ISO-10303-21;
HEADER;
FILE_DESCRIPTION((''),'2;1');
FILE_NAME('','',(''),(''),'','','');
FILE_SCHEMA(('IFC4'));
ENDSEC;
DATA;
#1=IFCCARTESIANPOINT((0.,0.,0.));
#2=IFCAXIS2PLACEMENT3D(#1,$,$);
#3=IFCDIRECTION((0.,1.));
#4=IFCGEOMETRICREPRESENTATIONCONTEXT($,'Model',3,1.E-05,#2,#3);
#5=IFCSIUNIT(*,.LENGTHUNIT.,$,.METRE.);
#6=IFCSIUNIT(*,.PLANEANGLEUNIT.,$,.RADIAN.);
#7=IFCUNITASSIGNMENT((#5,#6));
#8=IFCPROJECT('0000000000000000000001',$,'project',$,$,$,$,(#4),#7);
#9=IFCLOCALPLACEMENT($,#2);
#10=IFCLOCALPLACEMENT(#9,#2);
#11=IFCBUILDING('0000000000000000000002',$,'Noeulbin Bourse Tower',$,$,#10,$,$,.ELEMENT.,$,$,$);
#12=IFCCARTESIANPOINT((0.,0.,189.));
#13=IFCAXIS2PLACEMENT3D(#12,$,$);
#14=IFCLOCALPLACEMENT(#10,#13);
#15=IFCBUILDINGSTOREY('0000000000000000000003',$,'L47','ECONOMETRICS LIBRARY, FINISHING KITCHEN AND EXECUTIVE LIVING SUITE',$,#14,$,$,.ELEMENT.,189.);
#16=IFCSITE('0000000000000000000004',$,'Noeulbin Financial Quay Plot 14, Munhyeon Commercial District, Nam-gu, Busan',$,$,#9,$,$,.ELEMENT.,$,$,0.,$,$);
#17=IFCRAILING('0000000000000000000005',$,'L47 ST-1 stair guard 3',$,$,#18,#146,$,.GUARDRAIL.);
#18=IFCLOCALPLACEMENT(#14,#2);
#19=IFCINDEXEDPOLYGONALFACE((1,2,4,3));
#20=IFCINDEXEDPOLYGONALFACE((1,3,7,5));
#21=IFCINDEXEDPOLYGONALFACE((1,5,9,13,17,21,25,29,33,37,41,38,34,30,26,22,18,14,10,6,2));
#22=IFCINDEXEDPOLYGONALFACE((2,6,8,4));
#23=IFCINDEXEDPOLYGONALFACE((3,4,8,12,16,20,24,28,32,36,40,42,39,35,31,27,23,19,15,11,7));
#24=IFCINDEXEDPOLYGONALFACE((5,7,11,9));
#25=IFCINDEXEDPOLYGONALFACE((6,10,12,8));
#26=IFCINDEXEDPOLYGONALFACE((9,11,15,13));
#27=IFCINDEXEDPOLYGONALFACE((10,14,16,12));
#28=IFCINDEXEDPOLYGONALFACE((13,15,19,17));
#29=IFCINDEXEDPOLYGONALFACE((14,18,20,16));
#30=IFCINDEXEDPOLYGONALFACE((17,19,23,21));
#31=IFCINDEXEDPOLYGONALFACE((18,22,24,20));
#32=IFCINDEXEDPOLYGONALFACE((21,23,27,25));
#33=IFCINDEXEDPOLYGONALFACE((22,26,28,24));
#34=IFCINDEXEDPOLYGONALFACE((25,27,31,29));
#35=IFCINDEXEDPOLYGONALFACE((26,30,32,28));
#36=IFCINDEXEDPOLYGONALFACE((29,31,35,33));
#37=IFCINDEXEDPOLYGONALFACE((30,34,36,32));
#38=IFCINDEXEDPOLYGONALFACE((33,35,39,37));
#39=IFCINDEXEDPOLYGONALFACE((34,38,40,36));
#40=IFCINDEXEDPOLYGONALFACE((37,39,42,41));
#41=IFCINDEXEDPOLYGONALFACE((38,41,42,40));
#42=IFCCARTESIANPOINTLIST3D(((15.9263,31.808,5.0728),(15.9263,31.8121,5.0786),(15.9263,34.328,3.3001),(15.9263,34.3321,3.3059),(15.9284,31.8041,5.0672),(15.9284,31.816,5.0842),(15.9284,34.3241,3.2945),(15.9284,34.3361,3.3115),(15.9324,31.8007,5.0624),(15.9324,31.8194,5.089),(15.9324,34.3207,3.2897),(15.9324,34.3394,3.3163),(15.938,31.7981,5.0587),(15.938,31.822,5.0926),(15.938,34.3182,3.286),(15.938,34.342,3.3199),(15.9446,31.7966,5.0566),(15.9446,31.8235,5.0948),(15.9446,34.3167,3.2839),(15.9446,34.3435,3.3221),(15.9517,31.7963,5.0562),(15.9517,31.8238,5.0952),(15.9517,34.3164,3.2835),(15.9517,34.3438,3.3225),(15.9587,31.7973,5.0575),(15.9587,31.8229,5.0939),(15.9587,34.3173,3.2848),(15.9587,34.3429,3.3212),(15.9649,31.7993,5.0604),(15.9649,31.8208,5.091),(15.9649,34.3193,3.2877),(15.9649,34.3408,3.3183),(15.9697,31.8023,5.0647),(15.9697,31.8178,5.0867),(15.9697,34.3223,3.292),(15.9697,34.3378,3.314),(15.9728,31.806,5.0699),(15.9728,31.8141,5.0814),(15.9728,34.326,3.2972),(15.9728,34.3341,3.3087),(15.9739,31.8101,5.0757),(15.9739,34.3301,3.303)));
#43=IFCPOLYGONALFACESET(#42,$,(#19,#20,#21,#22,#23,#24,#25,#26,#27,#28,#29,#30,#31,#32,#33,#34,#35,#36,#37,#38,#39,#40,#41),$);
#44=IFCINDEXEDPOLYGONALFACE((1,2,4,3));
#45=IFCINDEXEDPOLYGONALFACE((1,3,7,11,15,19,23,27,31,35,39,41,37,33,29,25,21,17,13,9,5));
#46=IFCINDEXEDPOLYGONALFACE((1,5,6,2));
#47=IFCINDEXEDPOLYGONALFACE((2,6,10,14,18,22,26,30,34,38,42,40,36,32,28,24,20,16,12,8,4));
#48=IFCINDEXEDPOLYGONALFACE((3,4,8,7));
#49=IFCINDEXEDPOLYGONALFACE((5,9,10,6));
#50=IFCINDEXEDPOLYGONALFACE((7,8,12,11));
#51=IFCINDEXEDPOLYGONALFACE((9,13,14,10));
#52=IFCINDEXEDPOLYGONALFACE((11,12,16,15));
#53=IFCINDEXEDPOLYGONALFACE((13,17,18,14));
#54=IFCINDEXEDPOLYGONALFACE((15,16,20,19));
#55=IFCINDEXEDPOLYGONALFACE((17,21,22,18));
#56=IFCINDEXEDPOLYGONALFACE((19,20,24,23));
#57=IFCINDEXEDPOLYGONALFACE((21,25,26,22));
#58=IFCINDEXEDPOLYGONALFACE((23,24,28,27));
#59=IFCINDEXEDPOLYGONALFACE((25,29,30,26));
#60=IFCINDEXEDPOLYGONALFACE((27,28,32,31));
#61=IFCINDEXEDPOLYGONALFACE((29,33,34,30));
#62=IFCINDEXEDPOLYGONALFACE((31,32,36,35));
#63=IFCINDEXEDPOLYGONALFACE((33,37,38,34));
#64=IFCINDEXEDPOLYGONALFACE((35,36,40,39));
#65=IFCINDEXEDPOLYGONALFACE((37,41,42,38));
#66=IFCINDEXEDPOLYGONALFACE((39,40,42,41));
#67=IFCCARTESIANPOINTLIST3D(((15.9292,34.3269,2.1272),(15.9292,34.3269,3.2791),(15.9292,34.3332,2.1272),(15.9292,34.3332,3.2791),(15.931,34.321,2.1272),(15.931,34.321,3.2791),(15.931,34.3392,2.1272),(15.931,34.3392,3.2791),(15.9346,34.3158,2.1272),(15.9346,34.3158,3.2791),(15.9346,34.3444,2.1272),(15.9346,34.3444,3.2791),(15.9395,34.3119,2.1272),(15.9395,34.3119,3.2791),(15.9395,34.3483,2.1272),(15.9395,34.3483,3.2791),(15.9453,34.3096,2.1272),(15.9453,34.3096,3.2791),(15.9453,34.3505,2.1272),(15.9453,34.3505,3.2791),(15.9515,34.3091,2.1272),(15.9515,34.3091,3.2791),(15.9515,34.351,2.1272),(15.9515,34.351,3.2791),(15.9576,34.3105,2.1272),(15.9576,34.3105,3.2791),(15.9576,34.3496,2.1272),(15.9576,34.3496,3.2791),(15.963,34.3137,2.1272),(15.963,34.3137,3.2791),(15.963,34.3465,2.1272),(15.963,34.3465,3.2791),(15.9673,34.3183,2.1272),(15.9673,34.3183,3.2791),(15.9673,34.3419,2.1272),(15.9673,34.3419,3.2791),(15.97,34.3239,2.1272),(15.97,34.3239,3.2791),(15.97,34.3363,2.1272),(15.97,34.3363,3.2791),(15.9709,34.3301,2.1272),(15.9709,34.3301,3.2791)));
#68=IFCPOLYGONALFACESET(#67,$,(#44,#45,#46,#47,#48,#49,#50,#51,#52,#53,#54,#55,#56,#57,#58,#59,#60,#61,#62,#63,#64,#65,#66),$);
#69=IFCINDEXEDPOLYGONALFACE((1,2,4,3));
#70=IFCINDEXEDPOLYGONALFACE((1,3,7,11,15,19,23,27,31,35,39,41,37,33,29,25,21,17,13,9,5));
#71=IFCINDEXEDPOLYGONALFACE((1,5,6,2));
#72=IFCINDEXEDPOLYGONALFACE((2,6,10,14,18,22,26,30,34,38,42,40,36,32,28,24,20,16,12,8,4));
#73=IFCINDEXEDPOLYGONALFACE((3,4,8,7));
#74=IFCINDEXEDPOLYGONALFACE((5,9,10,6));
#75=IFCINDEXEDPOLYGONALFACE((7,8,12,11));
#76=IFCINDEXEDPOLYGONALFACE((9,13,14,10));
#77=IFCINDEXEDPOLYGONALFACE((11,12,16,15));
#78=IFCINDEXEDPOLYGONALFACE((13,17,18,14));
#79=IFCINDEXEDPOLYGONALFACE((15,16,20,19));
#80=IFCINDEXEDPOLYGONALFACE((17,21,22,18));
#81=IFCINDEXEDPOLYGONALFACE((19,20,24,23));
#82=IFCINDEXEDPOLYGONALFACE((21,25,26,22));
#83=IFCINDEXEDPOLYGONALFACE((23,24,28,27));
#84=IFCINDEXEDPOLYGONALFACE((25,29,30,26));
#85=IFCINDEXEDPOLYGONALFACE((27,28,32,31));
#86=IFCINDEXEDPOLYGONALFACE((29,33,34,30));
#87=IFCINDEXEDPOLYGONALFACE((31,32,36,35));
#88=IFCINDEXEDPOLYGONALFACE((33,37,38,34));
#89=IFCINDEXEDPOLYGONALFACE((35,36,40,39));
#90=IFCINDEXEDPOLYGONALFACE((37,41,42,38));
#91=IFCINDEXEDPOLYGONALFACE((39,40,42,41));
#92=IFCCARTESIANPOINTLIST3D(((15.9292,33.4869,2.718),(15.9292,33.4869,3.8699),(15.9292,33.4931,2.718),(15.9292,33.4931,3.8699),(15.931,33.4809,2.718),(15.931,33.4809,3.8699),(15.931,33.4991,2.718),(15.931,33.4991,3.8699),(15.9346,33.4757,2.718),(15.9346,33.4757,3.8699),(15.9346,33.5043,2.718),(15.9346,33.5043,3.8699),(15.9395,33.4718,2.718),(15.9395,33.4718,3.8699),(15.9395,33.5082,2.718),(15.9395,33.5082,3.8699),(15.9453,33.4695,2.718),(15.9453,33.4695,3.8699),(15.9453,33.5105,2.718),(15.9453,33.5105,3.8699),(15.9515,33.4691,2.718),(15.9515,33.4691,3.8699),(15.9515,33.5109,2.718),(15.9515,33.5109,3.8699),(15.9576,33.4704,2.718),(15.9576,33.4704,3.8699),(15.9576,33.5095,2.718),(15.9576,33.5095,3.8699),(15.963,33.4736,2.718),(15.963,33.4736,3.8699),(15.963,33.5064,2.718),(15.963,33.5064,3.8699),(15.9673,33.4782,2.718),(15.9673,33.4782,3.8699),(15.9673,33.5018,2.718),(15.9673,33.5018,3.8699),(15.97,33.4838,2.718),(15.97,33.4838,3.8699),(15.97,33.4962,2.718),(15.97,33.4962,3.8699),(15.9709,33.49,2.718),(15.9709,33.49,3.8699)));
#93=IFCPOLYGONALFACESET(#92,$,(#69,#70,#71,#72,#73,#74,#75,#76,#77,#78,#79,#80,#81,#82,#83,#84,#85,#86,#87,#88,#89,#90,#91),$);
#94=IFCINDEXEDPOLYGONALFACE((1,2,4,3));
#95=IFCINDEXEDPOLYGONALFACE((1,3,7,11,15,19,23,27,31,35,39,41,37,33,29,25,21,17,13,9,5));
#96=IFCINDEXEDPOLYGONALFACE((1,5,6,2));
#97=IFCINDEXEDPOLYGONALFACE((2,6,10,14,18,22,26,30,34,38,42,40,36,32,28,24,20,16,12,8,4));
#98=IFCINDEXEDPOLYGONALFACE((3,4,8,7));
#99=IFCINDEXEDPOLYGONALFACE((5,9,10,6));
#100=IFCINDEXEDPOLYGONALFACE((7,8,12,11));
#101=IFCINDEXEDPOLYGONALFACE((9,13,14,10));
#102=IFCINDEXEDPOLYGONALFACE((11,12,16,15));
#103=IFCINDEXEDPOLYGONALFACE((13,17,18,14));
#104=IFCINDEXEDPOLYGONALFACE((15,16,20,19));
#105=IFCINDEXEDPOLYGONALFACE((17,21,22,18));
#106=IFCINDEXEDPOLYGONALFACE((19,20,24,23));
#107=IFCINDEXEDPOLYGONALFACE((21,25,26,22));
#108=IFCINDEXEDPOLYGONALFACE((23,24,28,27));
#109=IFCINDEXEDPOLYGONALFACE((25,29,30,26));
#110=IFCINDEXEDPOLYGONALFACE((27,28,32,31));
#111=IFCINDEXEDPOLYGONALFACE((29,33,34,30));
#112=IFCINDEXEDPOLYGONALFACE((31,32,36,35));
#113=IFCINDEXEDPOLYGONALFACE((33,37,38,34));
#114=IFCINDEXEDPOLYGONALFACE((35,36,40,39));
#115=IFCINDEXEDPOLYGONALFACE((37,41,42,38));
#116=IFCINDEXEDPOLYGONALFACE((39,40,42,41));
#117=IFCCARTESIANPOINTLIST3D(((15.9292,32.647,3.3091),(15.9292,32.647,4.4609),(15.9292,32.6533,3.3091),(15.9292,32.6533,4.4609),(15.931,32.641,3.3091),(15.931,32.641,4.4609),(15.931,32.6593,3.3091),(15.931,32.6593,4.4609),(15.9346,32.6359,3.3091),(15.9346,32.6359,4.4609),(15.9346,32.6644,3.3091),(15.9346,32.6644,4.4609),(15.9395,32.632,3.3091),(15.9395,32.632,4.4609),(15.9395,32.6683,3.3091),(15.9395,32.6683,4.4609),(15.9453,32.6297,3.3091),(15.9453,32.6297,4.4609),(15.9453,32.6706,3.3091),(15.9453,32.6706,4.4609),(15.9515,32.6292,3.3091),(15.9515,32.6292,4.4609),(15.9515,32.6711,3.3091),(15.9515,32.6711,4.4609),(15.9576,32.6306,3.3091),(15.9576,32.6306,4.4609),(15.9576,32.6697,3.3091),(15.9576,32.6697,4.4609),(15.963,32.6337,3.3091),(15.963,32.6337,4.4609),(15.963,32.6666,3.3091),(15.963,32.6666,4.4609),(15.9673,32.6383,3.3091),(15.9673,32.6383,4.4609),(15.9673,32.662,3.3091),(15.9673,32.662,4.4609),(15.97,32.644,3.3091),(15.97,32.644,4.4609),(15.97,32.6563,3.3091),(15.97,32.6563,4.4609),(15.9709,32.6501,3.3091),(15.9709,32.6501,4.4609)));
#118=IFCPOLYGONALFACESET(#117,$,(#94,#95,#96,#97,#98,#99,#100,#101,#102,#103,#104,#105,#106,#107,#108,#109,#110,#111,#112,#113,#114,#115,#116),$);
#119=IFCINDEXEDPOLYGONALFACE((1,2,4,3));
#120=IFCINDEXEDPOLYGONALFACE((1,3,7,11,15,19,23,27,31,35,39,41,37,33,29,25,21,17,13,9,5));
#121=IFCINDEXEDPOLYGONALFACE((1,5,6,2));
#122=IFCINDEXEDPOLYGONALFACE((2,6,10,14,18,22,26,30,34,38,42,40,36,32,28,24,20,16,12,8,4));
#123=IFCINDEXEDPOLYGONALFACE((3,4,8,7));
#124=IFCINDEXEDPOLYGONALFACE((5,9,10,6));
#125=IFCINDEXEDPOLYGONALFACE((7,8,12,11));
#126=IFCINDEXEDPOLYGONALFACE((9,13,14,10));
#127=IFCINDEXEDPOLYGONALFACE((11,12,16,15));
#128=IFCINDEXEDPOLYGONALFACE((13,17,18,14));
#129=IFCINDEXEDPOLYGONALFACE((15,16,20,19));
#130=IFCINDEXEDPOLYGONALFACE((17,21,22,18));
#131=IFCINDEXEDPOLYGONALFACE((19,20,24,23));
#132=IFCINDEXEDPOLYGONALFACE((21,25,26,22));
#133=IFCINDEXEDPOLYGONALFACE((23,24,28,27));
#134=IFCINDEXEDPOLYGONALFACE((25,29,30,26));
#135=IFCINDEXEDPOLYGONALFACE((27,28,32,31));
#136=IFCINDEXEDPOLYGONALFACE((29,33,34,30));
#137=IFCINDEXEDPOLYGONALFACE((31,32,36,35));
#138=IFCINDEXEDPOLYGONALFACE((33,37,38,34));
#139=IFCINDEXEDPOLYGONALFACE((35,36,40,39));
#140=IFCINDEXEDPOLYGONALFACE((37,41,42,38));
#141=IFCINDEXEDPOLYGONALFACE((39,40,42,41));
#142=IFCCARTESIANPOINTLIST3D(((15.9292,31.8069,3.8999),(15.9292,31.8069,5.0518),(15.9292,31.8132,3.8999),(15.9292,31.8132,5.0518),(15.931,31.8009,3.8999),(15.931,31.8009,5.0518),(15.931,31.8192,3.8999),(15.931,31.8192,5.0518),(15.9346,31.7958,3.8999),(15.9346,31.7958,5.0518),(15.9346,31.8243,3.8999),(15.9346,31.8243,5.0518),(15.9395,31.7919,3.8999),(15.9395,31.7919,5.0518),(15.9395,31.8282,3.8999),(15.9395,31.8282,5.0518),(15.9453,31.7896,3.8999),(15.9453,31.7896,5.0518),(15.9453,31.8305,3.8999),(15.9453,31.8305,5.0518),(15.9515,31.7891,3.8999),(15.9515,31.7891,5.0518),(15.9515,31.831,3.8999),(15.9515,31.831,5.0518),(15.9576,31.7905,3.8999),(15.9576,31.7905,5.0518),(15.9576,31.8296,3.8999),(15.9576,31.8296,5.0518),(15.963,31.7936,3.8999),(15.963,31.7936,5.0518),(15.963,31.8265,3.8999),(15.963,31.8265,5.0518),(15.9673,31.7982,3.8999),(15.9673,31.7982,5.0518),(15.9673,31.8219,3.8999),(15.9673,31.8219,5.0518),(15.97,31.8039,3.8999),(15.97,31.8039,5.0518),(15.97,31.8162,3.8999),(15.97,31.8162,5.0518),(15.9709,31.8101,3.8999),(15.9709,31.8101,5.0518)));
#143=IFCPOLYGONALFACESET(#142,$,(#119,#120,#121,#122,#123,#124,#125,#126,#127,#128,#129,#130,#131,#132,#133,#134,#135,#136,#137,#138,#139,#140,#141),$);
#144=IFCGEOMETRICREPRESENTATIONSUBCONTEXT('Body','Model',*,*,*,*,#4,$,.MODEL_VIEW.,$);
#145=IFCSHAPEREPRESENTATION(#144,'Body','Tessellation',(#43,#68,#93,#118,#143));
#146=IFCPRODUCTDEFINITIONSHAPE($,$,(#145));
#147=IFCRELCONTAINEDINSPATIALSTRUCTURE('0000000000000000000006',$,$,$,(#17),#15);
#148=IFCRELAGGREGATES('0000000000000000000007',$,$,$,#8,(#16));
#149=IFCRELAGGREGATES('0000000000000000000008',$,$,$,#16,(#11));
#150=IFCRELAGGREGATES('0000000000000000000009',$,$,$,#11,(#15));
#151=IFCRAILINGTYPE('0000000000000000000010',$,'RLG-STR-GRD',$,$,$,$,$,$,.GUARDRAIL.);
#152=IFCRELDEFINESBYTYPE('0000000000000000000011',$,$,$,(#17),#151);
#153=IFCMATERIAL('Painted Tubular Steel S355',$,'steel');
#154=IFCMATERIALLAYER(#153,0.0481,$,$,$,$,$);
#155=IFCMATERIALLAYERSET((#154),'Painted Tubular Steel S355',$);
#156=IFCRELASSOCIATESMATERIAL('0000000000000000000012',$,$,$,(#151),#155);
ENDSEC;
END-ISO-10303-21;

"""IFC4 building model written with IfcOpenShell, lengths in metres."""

from ifc_helpers import new_model, si_unit, direction, frame, origin, origin_2d, place, context, subcontext, project, spatial, circle, extrude, material, layer, layer_set, type_object, element, save


model = new_model("IFC4")

# Units and contexts
model_context = context("Model", 3, precision=1e-05, world=origin(), true_north=direction((0.0, 1.0)))
body_context = subcontext(model_context, "Body", "Model", "MODEL_VIEW")
ifc_project = project(units=[si_unit("LENGTHUNIT", "METRE"), si_unit("PLANEANGLEUNIT", "RADIAN")], contexts=[model_context])

# Site, building, storey
site_placement = place(None, origin())
site = spatial("IfcSite", under=ifc_project, at=site_placement, Name="Noeulbin Financial Quay Plot 14, Munhyeon Commercial District, Nam-gu, Busan", CompositionType="ELEMENT", RefElevation=0.0)
building_placement = place(site_placement, origin())
building = spatial("IfcBuilding", under=site, at=building_placement, Name="Noeulbin Bourse Tower", CompositionType="ELEMENT")
storey_placement = place(building_placement, frame((0.0, 0.0, 189.0)))
storey = spatial("IfcBuildingStorey", under=building, at=storey_placement, Name="L47", Description="ECONOMETRICS LIBRARY, FINISHING KITCHEN AND EXECUTIVE LIVING SUITE", CompositionType="ELEMENT", Elevation=189.0)

# Railing
ifc_material_1 = material(Name="Painted Tubular Steel S355", Category="steel")
ifc_layer_1 = layer(ifc_material_1, 0.0481)
ifc_layer_set_1 = layer_set([ifc_layer_1], Name="Painted Tubular Steel S355")
railing_type_1 = type_object("IfcRailingType", Name="RLG-STR-GRD", PredefinedType="GUARDRAIL", material=ifc_layer_set_1)
railing_1_placement = place(storey_placement, frame((15.95, 34.3301, 2.1272)))
element("IfcRailing", 1, at=railing_1_placement, inside=storey, type_object=railing_type_1, Name="L47 ST-1 stair guard 3", PredefinedType="GUARDRAIL", context=body_context, shape_type="SweptSolid", body=[
    extrude(circle(Radius=0.0239, at=origin_2d()), frame((0.0, 0.0, 1.1758), z_axis=(0.0, -0.817904, 0.575354), x_axis=(1.0, 0.0, 0.0)), (0.0, 0.0, 1.0), 3.0811),
    extrude(circle(Radius=0.021, at=origin_2d()), origin(), (0.0, 0.0, 1.0), 1.1519),
    extrude(circle(Radius=0.021, at=origin_2d()), frame((0.0, -0.8401, 0.5908)), (0.0, 0.0, 1.0), 1.1519),
    extrude(circle(Radius=0.021, at=origin_2d()), frame((0.0, -1.6799, 1.1819)), (0.0, 0.0, 1.0), 1.1519),
    extrude(circle(Radius=0.021, at=origin_2d()), frame((0.0, -2.52, 1.7727)), (0.0, 0.0, 1.0), 1.1519),
])

save(model, "model.ifc")
